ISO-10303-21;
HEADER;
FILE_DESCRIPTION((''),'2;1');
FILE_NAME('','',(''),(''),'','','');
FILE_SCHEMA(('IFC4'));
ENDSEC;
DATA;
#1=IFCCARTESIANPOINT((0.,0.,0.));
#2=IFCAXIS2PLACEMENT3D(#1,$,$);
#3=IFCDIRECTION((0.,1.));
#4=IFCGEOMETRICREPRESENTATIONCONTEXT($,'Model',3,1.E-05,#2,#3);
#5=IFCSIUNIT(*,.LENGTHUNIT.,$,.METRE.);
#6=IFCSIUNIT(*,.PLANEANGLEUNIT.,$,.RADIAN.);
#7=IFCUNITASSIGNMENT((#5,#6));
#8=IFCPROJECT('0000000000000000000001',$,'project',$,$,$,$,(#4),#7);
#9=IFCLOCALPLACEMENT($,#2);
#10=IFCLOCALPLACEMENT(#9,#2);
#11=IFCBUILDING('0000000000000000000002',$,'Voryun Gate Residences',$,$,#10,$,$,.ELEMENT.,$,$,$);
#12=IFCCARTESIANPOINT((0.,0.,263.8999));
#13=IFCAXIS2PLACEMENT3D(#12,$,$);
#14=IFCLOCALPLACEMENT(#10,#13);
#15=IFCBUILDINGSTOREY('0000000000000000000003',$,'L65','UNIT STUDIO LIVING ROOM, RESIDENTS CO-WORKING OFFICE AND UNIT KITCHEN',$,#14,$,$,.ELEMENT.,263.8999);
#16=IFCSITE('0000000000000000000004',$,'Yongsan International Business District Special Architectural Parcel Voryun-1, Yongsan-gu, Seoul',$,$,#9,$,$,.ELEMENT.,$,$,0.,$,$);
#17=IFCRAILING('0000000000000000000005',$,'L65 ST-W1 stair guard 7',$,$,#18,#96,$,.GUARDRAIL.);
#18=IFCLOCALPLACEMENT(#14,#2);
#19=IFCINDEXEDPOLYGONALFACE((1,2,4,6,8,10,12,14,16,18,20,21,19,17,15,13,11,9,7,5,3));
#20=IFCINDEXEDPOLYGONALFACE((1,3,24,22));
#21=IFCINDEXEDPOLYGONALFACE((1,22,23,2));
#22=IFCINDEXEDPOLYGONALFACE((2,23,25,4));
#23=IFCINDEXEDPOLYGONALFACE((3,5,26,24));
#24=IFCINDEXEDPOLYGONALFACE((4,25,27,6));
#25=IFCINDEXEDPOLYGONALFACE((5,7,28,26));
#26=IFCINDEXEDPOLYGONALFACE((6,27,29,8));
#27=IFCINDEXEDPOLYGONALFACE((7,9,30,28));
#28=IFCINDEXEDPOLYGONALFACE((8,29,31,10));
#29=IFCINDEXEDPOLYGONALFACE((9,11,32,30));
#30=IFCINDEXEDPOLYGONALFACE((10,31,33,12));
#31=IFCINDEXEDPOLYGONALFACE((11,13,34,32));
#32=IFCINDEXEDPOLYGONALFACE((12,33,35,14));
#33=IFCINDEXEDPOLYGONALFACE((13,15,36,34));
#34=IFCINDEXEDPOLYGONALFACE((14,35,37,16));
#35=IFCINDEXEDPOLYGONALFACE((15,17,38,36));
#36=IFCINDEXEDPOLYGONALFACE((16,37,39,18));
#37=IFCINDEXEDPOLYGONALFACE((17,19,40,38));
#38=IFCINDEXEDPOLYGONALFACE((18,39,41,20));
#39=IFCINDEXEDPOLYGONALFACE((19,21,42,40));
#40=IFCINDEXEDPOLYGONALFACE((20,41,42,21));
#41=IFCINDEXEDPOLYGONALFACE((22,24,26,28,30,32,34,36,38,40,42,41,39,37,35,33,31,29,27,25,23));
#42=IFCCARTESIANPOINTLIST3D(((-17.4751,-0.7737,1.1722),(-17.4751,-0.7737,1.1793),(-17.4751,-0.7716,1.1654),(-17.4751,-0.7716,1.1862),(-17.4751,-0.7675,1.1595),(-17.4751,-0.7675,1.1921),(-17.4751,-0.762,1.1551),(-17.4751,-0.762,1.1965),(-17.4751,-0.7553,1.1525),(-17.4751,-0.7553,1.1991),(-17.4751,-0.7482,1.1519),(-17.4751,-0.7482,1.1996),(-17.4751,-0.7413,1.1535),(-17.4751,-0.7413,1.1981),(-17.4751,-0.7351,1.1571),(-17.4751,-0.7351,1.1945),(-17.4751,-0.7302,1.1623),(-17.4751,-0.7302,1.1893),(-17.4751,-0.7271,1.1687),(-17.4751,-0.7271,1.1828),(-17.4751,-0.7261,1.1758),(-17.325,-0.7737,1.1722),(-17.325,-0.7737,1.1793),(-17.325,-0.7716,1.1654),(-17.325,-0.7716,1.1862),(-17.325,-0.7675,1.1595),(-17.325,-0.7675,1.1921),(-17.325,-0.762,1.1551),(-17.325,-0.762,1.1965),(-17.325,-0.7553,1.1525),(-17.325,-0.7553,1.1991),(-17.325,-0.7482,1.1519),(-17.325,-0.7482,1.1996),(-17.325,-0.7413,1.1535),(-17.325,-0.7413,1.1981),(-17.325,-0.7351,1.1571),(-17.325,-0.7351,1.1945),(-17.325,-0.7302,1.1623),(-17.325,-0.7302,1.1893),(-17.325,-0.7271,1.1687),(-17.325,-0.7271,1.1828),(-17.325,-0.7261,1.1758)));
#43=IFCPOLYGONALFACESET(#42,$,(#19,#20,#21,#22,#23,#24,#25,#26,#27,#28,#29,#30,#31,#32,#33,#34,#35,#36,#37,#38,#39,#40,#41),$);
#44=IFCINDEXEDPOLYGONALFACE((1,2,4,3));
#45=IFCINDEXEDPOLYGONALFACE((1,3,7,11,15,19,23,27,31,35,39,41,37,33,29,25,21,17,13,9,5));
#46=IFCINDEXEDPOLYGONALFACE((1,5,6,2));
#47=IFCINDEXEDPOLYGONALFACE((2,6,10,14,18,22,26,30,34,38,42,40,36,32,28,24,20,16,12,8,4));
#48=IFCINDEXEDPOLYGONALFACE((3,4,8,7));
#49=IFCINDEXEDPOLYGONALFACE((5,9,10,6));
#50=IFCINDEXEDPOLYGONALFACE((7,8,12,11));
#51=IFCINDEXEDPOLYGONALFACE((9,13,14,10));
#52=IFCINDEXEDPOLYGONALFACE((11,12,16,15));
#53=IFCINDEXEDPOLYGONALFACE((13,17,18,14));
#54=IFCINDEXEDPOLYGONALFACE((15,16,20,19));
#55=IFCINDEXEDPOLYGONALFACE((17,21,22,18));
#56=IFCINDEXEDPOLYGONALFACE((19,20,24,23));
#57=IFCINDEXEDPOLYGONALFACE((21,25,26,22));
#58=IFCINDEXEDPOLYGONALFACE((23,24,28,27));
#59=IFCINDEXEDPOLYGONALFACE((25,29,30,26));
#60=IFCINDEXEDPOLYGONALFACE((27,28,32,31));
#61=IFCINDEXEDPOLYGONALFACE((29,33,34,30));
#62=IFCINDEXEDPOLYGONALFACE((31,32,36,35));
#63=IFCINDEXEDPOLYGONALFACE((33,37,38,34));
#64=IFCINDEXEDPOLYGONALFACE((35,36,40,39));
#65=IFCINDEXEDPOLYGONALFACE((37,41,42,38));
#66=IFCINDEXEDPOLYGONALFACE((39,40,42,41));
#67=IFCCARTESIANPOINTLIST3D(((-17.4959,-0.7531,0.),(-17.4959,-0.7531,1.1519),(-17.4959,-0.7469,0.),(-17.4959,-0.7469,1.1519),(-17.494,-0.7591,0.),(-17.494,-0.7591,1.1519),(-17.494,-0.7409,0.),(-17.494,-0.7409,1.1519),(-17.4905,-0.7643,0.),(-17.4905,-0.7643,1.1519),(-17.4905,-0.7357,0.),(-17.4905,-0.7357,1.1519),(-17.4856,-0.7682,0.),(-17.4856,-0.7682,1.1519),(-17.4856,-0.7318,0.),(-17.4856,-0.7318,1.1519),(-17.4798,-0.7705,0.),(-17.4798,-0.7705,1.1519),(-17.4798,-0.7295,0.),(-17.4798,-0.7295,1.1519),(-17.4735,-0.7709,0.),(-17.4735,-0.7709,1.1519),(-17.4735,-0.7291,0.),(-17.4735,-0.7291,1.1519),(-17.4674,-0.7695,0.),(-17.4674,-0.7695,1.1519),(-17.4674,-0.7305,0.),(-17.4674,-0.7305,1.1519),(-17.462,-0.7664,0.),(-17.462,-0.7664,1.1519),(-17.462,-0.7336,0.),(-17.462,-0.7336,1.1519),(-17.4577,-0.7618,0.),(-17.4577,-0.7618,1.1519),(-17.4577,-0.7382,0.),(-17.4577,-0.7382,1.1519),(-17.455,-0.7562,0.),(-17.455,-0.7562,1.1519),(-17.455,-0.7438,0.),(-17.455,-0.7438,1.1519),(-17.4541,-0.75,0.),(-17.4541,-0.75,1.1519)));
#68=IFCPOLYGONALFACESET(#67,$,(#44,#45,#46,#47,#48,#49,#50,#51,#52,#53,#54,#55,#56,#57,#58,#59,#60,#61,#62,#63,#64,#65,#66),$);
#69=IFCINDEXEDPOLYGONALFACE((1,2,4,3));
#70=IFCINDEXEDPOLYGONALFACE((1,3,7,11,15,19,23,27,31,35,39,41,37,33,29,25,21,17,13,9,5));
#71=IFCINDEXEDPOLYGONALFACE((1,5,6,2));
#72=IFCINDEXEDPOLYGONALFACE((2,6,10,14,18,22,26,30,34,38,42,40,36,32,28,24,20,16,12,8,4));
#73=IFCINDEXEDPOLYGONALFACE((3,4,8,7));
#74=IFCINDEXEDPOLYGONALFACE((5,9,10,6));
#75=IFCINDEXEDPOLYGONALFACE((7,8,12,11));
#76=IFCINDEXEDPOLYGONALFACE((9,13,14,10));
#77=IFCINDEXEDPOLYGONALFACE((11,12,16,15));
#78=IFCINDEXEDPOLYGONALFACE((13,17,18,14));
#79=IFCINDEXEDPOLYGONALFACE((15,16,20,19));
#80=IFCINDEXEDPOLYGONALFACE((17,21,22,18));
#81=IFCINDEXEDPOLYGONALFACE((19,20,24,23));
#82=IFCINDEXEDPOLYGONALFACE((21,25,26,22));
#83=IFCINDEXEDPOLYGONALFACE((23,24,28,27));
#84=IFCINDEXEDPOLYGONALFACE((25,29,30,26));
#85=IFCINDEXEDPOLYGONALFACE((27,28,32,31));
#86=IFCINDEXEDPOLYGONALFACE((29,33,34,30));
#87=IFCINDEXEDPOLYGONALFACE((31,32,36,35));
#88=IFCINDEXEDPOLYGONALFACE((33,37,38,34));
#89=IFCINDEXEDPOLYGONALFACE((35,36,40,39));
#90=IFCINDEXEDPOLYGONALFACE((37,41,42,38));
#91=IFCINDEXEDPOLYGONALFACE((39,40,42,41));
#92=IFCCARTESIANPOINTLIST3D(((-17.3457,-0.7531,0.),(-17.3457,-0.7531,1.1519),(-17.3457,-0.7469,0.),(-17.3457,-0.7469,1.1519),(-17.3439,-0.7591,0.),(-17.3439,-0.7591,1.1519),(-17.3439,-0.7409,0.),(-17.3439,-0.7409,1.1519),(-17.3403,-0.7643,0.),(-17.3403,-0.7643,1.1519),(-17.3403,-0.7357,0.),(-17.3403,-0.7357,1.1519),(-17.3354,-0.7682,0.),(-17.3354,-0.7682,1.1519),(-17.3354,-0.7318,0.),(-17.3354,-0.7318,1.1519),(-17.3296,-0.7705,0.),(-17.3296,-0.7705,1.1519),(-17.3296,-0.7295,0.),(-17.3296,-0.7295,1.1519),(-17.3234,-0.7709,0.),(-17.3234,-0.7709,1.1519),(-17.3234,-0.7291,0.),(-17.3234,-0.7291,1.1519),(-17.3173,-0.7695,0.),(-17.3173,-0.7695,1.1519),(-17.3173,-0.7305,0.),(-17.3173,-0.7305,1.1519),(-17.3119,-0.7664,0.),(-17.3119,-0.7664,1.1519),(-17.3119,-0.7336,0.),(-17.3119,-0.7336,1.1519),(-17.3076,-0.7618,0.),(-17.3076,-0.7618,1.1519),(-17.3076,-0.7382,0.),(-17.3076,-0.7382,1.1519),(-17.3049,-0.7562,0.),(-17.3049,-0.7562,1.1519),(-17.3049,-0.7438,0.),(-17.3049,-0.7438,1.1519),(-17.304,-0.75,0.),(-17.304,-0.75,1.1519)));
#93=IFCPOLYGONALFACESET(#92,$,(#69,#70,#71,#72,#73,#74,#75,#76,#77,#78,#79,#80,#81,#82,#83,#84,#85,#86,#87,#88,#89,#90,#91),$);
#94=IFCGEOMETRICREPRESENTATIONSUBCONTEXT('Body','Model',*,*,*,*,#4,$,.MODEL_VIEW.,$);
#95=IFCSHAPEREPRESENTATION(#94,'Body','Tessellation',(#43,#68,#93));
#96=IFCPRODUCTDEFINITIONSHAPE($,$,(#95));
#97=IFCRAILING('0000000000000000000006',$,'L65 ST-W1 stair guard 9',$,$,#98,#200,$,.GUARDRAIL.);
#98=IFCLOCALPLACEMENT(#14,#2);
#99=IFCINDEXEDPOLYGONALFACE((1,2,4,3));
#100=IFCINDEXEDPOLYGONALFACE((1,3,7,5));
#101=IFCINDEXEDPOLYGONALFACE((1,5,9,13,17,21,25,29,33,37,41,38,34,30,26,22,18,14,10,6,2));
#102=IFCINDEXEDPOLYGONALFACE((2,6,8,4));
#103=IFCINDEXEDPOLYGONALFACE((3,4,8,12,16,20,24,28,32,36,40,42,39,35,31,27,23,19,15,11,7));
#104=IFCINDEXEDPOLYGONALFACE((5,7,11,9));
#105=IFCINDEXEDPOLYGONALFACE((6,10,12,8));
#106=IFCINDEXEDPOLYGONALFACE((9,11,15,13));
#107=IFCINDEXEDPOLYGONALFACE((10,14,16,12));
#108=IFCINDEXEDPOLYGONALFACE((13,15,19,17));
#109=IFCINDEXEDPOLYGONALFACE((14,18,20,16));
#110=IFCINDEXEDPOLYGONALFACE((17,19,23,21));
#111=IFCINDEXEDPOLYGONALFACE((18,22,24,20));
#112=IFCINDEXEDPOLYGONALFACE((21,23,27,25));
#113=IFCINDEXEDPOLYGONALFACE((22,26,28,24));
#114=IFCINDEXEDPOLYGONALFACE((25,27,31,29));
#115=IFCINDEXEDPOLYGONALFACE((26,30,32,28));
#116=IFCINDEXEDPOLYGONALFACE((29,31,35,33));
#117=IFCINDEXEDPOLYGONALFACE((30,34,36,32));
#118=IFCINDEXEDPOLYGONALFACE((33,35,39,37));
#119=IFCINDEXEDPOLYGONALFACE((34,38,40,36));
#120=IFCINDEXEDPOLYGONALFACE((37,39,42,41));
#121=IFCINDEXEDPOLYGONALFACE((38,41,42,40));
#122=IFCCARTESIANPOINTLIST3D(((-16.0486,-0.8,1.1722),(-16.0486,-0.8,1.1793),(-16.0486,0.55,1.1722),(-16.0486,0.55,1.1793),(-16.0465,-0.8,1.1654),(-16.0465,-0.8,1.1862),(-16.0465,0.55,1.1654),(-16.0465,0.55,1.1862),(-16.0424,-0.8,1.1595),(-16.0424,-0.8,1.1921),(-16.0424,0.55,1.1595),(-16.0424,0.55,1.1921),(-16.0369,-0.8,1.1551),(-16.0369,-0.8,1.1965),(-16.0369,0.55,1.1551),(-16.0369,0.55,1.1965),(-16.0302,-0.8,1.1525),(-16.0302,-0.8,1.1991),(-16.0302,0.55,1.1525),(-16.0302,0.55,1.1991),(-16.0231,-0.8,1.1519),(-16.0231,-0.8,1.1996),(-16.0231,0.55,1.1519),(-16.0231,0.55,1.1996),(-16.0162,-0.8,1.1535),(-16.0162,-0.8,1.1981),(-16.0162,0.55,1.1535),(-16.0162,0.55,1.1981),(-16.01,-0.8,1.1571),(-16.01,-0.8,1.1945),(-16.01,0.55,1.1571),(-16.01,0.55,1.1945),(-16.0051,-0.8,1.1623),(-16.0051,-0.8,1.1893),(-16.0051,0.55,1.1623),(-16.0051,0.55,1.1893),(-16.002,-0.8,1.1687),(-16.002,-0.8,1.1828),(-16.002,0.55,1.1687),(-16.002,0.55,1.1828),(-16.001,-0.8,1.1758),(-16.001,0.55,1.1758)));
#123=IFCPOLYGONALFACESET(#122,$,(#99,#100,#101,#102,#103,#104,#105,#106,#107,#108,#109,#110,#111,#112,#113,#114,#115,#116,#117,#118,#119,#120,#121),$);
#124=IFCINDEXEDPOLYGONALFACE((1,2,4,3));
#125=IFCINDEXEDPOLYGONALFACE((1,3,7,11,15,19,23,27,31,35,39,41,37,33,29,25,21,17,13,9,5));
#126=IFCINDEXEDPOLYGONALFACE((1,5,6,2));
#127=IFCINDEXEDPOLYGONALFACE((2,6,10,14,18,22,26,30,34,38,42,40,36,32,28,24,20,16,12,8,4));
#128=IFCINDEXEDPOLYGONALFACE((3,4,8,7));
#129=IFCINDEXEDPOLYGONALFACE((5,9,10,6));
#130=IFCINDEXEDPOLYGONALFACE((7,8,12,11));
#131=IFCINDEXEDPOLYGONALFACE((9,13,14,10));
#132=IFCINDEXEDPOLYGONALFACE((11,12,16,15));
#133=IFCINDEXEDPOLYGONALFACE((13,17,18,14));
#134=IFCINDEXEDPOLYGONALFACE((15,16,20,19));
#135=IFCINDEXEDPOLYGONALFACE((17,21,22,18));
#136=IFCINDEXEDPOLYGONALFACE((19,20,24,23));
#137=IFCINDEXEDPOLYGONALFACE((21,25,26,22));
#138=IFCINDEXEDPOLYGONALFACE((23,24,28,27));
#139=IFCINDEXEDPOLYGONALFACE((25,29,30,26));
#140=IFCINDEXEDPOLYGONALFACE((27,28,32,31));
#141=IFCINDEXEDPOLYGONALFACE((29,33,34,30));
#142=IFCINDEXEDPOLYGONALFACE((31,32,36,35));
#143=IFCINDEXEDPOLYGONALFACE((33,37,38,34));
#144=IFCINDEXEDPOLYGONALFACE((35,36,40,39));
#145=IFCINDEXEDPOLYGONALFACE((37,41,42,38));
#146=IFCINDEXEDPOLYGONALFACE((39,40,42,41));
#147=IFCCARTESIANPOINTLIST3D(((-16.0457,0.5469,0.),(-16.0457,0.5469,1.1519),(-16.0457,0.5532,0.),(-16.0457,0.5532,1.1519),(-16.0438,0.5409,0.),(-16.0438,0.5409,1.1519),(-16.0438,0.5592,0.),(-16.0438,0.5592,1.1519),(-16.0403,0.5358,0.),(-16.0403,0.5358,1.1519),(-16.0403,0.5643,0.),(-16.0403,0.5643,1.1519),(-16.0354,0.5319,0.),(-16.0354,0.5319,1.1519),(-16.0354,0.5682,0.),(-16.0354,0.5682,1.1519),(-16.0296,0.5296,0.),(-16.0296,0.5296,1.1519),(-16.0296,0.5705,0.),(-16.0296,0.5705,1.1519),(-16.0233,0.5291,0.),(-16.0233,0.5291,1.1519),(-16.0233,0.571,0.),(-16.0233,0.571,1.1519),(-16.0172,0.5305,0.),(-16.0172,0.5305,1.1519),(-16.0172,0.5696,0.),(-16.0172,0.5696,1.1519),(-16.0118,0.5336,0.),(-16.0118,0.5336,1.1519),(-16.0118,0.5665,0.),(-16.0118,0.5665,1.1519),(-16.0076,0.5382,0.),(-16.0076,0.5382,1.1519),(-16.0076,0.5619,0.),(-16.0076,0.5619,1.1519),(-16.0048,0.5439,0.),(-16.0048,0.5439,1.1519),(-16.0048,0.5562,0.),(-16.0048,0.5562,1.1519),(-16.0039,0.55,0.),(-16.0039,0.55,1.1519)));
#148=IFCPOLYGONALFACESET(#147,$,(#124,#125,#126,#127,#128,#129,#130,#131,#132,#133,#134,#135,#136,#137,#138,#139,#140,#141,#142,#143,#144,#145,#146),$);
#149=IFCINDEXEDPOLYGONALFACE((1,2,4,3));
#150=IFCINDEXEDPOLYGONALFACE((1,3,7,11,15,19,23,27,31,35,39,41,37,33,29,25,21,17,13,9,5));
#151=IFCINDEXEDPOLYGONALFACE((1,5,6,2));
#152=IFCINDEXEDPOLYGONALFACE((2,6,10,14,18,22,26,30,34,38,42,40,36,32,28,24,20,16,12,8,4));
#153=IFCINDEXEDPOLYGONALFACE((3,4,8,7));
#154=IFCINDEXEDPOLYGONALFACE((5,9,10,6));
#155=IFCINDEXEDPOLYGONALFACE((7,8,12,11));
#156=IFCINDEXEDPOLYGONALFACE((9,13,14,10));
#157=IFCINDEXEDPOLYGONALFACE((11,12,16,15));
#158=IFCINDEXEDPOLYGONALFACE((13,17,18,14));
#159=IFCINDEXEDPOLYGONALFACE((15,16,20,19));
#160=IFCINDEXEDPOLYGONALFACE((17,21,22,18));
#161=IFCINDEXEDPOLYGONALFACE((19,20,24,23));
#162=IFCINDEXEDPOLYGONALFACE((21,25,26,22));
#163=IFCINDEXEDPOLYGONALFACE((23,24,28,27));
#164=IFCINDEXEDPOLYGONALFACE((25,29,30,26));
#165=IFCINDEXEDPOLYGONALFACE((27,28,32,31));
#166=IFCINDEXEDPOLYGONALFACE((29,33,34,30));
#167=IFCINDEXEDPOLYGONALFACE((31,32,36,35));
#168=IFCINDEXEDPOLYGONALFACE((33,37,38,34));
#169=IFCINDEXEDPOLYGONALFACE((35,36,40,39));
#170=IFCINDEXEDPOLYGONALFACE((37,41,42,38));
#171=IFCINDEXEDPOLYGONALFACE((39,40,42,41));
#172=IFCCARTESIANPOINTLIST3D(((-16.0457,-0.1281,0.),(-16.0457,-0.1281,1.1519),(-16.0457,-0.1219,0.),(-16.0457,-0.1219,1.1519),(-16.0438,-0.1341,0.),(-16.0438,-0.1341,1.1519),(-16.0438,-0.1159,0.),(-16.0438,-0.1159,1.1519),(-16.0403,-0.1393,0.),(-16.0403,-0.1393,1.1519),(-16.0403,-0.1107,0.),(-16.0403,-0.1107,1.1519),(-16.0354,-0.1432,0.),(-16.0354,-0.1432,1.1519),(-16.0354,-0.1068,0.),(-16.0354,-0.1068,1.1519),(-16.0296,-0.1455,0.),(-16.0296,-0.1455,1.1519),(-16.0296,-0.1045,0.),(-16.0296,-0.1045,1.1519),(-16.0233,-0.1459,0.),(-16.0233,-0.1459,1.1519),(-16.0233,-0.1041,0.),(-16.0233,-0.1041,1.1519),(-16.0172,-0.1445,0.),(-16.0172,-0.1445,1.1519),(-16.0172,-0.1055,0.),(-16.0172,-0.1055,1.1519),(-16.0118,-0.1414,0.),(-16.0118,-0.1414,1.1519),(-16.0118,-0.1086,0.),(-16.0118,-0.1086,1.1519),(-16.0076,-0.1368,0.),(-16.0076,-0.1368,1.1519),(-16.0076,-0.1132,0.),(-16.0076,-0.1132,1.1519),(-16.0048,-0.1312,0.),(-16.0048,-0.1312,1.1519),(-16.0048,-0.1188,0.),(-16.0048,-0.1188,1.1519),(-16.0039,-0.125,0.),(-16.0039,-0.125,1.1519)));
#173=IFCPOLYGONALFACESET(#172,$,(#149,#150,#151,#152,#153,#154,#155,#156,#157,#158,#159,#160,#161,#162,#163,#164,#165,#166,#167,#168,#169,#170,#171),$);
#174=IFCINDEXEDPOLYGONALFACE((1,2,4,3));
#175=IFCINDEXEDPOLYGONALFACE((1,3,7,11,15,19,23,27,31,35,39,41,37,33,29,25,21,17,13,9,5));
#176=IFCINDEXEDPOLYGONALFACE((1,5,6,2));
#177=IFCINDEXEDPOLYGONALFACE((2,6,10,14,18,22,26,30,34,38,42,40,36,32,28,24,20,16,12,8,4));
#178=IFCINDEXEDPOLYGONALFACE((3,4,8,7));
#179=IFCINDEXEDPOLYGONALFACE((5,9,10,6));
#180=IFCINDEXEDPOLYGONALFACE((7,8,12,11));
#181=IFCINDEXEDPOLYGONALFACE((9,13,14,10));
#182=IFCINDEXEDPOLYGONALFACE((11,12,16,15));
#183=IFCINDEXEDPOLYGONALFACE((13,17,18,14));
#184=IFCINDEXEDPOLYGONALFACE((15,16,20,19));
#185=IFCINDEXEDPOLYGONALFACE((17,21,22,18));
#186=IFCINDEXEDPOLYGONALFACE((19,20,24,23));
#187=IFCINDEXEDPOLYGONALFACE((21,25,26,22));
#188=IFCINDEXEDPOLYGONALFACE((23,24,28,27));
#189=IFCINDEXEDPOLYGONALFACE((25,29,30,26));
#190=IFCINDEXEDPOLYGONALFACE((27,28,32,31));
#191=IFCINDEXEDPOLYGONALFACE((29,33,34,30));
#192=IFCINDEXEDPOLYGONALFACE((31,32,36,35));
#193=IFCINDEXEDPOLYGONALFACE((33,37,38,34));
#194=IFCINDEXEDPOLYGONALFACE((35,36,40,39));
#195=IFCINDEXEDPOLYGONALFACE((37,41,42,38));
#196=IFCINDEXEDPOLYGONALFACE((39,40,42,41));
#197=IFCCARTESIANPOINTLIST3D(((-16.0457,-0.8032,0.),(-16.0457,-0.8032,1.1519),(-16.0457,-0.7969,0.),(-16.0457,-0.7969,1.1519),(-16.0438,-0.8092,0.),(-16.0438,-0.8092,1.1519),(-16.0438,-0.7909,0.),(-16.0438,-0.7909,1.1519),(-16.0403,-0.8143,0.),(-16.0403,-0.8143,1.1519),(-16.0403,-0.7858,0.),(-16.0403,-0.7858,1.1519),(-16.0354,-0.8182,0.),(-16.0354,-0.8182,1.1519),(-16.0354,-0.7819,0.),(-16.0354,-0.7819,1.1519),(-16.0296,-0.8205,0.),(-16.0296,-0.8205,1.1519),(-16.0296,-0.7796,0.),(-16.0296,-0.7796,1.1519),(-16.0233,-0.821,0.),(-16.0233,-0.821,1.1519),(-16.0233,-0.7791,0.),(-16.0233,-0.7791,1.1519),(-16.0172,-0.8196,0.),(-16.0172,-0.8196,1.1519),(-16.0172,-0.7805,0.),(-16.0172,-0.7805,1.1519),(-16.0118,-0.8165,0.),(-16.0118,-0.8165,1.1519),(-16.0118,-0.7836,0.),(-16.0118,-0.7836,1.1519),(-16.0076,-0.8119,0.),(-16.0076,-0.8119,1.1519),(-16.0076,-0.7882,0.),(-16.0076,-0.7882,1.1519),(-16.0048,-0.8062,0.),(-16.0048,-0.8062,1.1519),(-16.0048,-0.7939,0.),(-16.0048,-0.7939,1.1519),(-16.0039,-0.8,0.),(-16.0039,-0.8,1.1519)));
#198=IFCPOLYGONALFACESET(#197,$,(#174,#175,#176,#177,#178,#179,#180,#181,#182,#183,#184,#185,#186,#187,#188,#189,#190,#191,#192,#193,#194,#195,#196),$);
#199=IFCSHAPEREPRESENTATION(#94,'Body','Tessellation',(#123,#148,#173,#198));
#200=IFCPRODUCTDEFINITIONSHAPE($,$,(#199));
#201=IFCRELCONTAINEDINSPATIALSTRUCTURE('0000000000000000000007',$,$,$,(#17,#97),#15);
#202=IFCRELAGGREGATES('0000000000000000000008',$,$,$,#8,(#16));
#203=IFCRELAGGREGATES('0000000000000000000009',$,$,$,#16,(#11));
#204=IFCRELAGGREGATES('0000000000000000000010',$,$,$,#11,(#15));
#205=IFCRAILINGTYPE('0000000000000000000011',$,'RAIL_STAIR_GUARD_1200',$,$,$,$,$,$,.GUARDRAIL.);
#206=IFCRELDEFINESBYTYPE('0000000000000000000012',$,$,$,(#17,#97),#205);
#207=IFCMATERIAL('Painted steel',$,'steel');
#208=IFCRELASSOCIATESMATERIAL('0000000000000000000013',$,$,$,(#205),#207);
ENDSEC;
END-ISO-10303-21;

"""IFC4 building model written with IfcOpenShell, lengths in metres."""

from ifc_helpers import new_model, si_unit, direction, frame, origin, origin_2d, place, context, subcontext, project, spatial, circle, extrude, material, type_object, element, save


model = new_model("IFC4")

# Units and contexts
model_context = context("Model", 3, precision=1e-05, world=origin(), true_north=direction((0.0, 1.0)))
body_context = subcontext(model_context, "Body", "Model", "MODEL_VIEW")
ifc_project = project(units=[si_unit("LENGTHUNIT", "METRE"), si_unit("PLANEANGLEUNIT", "RADIAN")], contexts=[model_context])

# Site, building, storey
site_placement = place(None, origin())
site = spatial("IfcSite", under=ifc_project, at=site_placement, Name="Yongsan International Business District Special Architectural Parcel Voryun-1, Yongsan-gu, Seoul", CompositionType="ELEMENT", RefElevation=0.0)
building_placement = place(site_placement, origin())
building = spatial("IfcBuilding", under=site, at=building_placement, Name="Voryun Gate Residences", CompositionType="ELEMENT")
storey_placement = place(building_placement, frame((0.0, 0.0, 263.8999)))
storey = spatial("IfcBuildingStorey", under=building, at=storey_placement, Name="L65", Description="UNIT STUDIO LIVING ROOM, RESIDENTS CO-WORKING OFFICE AND UNIT KITCHEN", CompositionType="ELEMENT", Elevation=263.8999)

# Railings
ifc_material_1 = material(Name="Painted steel", Category="steel")
railing_type_1 = type_object("IfcRailingType", Name="RAIL_STAIR_GUARD_1200", PredefinedType="GUARDRAIL", material=ifc_material_1)
railing_1_placement = place(storey_placement, frame((-17.4751, -0.75, 0.0)))
element("IfcRailing", 1, at=railing_1_placement, inside=storey, type_object=railing_type_1, Name="L65 ST-W1 stair guard 7", PredefinedType="GUARDRAIL", context=body_context, shape_type="SweptSolid", body=[
    extrude(circle(Radius=0.0239, at=origin_2d()), frame((0.0, 0.0, 1.1758), z_axis=(1.0, 0.0, 0.0), x_axis=(0.0, 1.0, 0.0)), (0.0, 0.0, 1.0), 0.1501),
    extrude(circle(Radius=0.021, at=origin_2d()), origin(), (0.0, 0.0, 1.0), 1.1519),
    extrude(circle(Radius=0.021, at=origin_2d()), frame((0.1501, 0.0, 0.0)), (0.0, 0.0, 1.0), 1.1519),
])
railing_2_placement = place(storey_placement, frame((-16.0249, 0.55, 0.0)))
element("IfcRailing", 2, at=railing_2_placement, inside=storey, type_object=railing_type_1, Name="L65 ST-W1 stair guard 9", PredefinedType="GUARDRAIL", context=body_context, shape_type="SweptSolid", body=[
    extrude(circle(Radius=0.0239, at=origin_2d()), frame((0.0, 0.0, 1.1758), z_axis=(0.0, -1.0, 0.0), x_axis=(1.0, 0.0, 0.0)), (0.0, 0.0, 1.0), 1.3501),
    extrude(circle(Radius=0.021, at=origin_2d()), origin(), (0.0, 0.0, 1.0), 1.1519),
    extrude(circle(Radius=0.021, at=origin_2d()), frame((0.0, -0.675, 0.0)), (0.0, 0.0, 1.0), 1.1519),
    extrude(circle(Radius=0.021, at=origin_2d()), frame((0.0, -1.3501, 0.0)), (0.0, 0.0, 1.0), 1.1519),
])

save(model, "model.ifc")
